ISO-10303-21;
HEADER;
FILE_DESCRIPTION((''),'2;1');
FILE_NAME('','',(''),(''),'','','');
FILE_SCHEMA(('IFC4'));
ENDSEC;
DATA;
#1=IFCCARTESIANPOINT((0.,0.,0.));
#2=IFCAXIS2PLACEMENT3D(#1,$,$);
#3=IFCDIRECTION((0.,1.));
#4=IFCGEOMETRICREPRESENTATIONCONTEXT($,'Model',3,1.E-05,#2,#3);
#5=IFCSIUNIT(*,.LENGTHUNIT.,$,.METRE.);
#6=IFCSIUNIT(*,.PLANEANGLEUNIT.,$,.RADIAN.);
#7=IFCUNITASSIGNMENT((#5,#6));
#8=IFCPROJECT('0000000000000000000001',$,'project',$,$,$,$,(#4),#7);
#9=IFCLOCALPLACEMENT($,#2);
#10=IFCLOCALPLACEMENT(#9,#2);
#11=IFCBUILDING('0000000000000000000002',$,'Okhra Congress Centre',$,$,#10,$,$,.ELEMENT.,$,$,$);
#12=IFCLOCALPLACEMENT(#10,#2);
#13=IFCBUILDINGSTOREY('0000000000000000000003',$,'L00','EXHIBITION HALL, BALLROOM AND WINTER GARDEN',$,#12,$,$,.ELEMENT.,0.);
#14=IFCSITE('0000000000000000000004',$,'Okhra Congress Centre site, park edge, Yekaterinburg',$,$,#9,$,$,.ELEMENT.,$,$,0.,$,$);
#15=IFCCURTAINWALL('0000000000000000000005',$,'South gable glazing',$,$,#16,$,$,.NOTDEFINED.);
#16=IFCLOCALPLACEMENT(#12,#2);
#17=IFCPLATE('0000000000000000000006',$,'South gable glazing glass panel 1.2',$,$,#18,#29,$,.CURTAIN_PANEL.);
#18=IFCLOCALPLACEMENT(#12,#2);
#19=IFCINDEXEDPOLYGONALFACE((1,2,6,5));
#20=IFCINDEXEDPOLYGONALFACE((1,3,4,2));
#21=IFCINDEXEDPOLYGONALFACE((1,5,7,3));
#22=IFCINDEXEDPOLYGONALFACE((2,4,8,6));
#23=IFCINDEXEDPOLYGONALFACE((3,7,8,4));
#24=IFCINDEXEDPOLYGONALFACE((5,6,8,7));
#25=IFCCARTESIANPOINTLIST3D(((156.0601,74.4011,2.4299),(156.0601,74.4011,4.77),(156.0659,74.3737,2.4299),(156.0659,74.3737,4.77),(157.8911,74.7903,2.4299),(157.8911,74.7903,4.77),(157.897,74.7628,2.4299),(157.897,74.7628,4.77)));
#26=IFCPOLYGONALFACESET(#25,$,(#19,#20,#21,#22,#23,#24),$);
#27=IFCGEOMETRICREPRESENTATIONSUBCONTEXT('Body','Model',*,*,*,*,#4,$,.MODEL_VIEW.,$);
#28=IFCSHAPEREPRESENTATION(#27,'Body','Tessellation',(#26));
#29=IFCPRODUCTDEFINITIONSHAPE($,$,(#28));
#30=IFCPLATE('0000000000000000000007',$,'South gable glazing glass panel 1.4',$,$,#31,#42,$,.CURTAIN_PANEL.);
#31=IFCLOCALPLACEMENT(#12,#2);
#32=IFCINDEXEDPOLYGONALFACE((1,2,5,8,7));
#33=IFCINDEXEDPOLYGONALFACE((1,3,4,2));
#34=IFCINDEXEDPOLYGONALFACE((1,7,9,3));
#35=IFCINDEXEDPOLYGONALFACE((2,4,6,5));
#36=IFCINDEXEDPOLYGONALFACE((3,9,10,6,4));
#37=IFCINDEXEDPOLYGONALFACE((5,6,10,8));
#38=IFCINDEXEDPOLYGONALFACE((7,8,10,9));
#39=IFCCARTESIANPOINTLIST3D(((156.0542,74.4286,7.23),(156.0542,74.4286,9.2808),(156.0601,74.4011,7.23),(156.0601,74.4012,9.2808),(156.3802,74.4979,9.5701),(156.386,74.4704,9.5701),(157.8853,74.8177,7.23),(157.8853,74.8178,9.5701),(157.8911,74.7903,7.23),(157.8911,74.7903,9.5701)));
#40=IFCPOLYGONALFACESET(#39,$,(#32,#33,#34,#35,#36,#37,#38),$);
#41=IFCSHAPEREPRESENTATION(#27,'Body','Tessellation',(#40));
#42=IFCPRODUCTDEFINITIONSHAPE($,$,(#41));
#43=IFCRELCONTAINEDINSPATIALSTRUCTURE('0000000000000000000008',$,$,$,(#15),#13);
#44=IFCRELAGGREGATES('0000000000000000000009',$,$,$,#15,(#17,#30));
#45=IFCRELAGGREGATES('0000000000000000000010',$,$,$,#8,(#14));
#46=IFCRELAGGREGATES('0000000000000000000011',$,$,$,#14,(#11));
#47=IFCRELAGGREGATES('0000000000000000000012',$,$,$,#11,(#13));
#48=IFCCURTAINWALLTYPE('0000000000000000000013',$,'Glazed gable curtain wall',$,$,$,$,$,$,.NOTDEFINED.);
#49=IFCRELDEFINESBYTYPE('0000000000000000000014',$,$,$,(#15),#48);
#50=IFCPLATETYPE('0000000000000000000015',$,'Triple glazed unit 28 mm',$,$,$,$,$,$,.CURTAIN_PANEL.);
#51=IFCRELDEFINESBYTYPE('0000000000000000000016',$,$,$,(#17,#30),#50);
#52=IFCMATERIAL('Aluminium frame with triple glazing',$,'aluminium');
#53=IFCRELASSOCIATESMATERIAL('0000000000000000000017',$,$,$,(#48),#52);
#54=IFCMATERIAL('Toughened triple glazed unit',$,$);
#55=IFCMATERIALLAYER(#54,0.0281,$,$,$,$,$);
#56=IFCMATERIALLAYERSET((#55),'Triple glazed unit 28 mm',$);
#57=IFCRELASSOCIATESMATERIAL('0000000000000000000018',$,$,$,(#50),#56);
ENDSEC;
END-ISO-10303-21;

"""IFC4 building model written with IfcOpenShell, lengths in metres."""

from ifc_helpers import new_model, si_unit, direction, frame, origin, place, context, subcontext, project, spatial, polyline, outline, extrude, material, layer, layer_set, type_object, element, aggregate, save


model = new_model("IFC4")

# Units and contexts
model_context = context("Model", 3, precision=1e-05, world=origin(), true_north=direction((0.0, 1.0)))
body_context = subcontext(model_context, "Body", "Model", "MODEL_VIEW")
ifc_project = project(units=[si_unit("LENGTHUNIT", "METRE"), si_unit("PLANEANGLEUNIT", "RADIAN")], contexts=[model_context])

# Site, building, storey
site_placement = place(None, origin())
site = spatial("IfcSite", under=ifc_project, at=site_placement, Name="Okhra Congress Centre site, park edge, Yekaterinburg", CompositionType="ELEMENT", RefElevation=0.0)
building_placement = place(site_placement, origin())
building = spatial("IfcBuilding", under=site, at=building_placement, Name="Okhra Congress Centre", CompositionType="ELEMENT")
storey_placement = place(building_placement, origin())
storey = spatial("IfcBuildingStorey", under=building, at=storey_placement, Name="L00", Description="EXHIBITION HALL, BALLROOM AND WINTER GARDEN", CompositionType="ELEMENT", Elevation=0.0)

# Curtain wall, plates
ifc_material_1 = material(Name="Aluminium frame with triple glazing", Category="aluminium")
curtain_wall_type_1 = type_object("IfcCurtainWallType", Name="Glazed gable curtain wall", PredefinedType="NOTDEFINED", material=ifc_material_1)
curtain_wall_1_placement = place(storey_placement, origin())
curtain_wall_1 = element("IfcCurtainWall", 1, at=curtain_wall_1_placement, inside=storey, type_object=curtain_wall_type_1, Name="South gable glazing", PredefinedType="NOTDEFINED")
ifc_material_2 = material(Name="Toughened triple glazed unit")
ifc_layer_1 = layer(ifc_material_2, 0.0281)
ifc_layer_set_1 = layer_set([ifc_layer_1], Name="Triple glazed unit 28 mm")
plate_type_1 = type_object("IfcPlateType", Name="Triple glazed unit 28 mm", PredefinedType="CURTAIN_PANEL", material=ifc_layer_set_1)
plate_1_placement = place(storey_placement, frame((157.8911, 74.7903, 2.4299), z_axis=(-0.20789, 0.978152, 0.0), x_axis=(-0.978152, -0.20789, 0.0)))
plate_1 = element("IfcPlate", 2, at=plate_1_placement, type_object=plate_type_1, Name="South gable glazing glass panel 1.2", PredefinedType="CURTAIN_PANEL", context=body_context, shape_type="SweptSolid", body=[
    extrude(outline(polyline([(0.0, 0.0), (1.872, 0.0), (1.872, 2.3401), (0.0, 2.3401), (0.0, 0.0)])), origin(), (0.0, 0.0, -1.0), 0.0281),
])
plate_2_placement = place(storey_placement, frame((157.8911, 74.7903, 7.23), z_axis=(0.207888, -0.978153, 0.000014), x_axis=(-0.978153, -0.207888, 0.0)))
plate_2 = element("IfcPlate", 3, at=plate_2_placement, type_object=plate_type_1, Name="South gable glazing glass panel 1.4", PredefinedType="CURTAIN_PANEL", context=body_context, shape_type="SweptSolid", body=[
    extrude(outline(polyline([(0.0, 0.0), (1.872, 0.0), (1.872, -2.0508), (1.5387, -2.3401), (0.0, -2.3401), (0.0, 0.0)])), origin(), (0.0, 0.0, -1.0), 0.0281),
])
aggregate(curtain_wall_1, [plate_1, plate_2])

save(model, "model.ifc")
